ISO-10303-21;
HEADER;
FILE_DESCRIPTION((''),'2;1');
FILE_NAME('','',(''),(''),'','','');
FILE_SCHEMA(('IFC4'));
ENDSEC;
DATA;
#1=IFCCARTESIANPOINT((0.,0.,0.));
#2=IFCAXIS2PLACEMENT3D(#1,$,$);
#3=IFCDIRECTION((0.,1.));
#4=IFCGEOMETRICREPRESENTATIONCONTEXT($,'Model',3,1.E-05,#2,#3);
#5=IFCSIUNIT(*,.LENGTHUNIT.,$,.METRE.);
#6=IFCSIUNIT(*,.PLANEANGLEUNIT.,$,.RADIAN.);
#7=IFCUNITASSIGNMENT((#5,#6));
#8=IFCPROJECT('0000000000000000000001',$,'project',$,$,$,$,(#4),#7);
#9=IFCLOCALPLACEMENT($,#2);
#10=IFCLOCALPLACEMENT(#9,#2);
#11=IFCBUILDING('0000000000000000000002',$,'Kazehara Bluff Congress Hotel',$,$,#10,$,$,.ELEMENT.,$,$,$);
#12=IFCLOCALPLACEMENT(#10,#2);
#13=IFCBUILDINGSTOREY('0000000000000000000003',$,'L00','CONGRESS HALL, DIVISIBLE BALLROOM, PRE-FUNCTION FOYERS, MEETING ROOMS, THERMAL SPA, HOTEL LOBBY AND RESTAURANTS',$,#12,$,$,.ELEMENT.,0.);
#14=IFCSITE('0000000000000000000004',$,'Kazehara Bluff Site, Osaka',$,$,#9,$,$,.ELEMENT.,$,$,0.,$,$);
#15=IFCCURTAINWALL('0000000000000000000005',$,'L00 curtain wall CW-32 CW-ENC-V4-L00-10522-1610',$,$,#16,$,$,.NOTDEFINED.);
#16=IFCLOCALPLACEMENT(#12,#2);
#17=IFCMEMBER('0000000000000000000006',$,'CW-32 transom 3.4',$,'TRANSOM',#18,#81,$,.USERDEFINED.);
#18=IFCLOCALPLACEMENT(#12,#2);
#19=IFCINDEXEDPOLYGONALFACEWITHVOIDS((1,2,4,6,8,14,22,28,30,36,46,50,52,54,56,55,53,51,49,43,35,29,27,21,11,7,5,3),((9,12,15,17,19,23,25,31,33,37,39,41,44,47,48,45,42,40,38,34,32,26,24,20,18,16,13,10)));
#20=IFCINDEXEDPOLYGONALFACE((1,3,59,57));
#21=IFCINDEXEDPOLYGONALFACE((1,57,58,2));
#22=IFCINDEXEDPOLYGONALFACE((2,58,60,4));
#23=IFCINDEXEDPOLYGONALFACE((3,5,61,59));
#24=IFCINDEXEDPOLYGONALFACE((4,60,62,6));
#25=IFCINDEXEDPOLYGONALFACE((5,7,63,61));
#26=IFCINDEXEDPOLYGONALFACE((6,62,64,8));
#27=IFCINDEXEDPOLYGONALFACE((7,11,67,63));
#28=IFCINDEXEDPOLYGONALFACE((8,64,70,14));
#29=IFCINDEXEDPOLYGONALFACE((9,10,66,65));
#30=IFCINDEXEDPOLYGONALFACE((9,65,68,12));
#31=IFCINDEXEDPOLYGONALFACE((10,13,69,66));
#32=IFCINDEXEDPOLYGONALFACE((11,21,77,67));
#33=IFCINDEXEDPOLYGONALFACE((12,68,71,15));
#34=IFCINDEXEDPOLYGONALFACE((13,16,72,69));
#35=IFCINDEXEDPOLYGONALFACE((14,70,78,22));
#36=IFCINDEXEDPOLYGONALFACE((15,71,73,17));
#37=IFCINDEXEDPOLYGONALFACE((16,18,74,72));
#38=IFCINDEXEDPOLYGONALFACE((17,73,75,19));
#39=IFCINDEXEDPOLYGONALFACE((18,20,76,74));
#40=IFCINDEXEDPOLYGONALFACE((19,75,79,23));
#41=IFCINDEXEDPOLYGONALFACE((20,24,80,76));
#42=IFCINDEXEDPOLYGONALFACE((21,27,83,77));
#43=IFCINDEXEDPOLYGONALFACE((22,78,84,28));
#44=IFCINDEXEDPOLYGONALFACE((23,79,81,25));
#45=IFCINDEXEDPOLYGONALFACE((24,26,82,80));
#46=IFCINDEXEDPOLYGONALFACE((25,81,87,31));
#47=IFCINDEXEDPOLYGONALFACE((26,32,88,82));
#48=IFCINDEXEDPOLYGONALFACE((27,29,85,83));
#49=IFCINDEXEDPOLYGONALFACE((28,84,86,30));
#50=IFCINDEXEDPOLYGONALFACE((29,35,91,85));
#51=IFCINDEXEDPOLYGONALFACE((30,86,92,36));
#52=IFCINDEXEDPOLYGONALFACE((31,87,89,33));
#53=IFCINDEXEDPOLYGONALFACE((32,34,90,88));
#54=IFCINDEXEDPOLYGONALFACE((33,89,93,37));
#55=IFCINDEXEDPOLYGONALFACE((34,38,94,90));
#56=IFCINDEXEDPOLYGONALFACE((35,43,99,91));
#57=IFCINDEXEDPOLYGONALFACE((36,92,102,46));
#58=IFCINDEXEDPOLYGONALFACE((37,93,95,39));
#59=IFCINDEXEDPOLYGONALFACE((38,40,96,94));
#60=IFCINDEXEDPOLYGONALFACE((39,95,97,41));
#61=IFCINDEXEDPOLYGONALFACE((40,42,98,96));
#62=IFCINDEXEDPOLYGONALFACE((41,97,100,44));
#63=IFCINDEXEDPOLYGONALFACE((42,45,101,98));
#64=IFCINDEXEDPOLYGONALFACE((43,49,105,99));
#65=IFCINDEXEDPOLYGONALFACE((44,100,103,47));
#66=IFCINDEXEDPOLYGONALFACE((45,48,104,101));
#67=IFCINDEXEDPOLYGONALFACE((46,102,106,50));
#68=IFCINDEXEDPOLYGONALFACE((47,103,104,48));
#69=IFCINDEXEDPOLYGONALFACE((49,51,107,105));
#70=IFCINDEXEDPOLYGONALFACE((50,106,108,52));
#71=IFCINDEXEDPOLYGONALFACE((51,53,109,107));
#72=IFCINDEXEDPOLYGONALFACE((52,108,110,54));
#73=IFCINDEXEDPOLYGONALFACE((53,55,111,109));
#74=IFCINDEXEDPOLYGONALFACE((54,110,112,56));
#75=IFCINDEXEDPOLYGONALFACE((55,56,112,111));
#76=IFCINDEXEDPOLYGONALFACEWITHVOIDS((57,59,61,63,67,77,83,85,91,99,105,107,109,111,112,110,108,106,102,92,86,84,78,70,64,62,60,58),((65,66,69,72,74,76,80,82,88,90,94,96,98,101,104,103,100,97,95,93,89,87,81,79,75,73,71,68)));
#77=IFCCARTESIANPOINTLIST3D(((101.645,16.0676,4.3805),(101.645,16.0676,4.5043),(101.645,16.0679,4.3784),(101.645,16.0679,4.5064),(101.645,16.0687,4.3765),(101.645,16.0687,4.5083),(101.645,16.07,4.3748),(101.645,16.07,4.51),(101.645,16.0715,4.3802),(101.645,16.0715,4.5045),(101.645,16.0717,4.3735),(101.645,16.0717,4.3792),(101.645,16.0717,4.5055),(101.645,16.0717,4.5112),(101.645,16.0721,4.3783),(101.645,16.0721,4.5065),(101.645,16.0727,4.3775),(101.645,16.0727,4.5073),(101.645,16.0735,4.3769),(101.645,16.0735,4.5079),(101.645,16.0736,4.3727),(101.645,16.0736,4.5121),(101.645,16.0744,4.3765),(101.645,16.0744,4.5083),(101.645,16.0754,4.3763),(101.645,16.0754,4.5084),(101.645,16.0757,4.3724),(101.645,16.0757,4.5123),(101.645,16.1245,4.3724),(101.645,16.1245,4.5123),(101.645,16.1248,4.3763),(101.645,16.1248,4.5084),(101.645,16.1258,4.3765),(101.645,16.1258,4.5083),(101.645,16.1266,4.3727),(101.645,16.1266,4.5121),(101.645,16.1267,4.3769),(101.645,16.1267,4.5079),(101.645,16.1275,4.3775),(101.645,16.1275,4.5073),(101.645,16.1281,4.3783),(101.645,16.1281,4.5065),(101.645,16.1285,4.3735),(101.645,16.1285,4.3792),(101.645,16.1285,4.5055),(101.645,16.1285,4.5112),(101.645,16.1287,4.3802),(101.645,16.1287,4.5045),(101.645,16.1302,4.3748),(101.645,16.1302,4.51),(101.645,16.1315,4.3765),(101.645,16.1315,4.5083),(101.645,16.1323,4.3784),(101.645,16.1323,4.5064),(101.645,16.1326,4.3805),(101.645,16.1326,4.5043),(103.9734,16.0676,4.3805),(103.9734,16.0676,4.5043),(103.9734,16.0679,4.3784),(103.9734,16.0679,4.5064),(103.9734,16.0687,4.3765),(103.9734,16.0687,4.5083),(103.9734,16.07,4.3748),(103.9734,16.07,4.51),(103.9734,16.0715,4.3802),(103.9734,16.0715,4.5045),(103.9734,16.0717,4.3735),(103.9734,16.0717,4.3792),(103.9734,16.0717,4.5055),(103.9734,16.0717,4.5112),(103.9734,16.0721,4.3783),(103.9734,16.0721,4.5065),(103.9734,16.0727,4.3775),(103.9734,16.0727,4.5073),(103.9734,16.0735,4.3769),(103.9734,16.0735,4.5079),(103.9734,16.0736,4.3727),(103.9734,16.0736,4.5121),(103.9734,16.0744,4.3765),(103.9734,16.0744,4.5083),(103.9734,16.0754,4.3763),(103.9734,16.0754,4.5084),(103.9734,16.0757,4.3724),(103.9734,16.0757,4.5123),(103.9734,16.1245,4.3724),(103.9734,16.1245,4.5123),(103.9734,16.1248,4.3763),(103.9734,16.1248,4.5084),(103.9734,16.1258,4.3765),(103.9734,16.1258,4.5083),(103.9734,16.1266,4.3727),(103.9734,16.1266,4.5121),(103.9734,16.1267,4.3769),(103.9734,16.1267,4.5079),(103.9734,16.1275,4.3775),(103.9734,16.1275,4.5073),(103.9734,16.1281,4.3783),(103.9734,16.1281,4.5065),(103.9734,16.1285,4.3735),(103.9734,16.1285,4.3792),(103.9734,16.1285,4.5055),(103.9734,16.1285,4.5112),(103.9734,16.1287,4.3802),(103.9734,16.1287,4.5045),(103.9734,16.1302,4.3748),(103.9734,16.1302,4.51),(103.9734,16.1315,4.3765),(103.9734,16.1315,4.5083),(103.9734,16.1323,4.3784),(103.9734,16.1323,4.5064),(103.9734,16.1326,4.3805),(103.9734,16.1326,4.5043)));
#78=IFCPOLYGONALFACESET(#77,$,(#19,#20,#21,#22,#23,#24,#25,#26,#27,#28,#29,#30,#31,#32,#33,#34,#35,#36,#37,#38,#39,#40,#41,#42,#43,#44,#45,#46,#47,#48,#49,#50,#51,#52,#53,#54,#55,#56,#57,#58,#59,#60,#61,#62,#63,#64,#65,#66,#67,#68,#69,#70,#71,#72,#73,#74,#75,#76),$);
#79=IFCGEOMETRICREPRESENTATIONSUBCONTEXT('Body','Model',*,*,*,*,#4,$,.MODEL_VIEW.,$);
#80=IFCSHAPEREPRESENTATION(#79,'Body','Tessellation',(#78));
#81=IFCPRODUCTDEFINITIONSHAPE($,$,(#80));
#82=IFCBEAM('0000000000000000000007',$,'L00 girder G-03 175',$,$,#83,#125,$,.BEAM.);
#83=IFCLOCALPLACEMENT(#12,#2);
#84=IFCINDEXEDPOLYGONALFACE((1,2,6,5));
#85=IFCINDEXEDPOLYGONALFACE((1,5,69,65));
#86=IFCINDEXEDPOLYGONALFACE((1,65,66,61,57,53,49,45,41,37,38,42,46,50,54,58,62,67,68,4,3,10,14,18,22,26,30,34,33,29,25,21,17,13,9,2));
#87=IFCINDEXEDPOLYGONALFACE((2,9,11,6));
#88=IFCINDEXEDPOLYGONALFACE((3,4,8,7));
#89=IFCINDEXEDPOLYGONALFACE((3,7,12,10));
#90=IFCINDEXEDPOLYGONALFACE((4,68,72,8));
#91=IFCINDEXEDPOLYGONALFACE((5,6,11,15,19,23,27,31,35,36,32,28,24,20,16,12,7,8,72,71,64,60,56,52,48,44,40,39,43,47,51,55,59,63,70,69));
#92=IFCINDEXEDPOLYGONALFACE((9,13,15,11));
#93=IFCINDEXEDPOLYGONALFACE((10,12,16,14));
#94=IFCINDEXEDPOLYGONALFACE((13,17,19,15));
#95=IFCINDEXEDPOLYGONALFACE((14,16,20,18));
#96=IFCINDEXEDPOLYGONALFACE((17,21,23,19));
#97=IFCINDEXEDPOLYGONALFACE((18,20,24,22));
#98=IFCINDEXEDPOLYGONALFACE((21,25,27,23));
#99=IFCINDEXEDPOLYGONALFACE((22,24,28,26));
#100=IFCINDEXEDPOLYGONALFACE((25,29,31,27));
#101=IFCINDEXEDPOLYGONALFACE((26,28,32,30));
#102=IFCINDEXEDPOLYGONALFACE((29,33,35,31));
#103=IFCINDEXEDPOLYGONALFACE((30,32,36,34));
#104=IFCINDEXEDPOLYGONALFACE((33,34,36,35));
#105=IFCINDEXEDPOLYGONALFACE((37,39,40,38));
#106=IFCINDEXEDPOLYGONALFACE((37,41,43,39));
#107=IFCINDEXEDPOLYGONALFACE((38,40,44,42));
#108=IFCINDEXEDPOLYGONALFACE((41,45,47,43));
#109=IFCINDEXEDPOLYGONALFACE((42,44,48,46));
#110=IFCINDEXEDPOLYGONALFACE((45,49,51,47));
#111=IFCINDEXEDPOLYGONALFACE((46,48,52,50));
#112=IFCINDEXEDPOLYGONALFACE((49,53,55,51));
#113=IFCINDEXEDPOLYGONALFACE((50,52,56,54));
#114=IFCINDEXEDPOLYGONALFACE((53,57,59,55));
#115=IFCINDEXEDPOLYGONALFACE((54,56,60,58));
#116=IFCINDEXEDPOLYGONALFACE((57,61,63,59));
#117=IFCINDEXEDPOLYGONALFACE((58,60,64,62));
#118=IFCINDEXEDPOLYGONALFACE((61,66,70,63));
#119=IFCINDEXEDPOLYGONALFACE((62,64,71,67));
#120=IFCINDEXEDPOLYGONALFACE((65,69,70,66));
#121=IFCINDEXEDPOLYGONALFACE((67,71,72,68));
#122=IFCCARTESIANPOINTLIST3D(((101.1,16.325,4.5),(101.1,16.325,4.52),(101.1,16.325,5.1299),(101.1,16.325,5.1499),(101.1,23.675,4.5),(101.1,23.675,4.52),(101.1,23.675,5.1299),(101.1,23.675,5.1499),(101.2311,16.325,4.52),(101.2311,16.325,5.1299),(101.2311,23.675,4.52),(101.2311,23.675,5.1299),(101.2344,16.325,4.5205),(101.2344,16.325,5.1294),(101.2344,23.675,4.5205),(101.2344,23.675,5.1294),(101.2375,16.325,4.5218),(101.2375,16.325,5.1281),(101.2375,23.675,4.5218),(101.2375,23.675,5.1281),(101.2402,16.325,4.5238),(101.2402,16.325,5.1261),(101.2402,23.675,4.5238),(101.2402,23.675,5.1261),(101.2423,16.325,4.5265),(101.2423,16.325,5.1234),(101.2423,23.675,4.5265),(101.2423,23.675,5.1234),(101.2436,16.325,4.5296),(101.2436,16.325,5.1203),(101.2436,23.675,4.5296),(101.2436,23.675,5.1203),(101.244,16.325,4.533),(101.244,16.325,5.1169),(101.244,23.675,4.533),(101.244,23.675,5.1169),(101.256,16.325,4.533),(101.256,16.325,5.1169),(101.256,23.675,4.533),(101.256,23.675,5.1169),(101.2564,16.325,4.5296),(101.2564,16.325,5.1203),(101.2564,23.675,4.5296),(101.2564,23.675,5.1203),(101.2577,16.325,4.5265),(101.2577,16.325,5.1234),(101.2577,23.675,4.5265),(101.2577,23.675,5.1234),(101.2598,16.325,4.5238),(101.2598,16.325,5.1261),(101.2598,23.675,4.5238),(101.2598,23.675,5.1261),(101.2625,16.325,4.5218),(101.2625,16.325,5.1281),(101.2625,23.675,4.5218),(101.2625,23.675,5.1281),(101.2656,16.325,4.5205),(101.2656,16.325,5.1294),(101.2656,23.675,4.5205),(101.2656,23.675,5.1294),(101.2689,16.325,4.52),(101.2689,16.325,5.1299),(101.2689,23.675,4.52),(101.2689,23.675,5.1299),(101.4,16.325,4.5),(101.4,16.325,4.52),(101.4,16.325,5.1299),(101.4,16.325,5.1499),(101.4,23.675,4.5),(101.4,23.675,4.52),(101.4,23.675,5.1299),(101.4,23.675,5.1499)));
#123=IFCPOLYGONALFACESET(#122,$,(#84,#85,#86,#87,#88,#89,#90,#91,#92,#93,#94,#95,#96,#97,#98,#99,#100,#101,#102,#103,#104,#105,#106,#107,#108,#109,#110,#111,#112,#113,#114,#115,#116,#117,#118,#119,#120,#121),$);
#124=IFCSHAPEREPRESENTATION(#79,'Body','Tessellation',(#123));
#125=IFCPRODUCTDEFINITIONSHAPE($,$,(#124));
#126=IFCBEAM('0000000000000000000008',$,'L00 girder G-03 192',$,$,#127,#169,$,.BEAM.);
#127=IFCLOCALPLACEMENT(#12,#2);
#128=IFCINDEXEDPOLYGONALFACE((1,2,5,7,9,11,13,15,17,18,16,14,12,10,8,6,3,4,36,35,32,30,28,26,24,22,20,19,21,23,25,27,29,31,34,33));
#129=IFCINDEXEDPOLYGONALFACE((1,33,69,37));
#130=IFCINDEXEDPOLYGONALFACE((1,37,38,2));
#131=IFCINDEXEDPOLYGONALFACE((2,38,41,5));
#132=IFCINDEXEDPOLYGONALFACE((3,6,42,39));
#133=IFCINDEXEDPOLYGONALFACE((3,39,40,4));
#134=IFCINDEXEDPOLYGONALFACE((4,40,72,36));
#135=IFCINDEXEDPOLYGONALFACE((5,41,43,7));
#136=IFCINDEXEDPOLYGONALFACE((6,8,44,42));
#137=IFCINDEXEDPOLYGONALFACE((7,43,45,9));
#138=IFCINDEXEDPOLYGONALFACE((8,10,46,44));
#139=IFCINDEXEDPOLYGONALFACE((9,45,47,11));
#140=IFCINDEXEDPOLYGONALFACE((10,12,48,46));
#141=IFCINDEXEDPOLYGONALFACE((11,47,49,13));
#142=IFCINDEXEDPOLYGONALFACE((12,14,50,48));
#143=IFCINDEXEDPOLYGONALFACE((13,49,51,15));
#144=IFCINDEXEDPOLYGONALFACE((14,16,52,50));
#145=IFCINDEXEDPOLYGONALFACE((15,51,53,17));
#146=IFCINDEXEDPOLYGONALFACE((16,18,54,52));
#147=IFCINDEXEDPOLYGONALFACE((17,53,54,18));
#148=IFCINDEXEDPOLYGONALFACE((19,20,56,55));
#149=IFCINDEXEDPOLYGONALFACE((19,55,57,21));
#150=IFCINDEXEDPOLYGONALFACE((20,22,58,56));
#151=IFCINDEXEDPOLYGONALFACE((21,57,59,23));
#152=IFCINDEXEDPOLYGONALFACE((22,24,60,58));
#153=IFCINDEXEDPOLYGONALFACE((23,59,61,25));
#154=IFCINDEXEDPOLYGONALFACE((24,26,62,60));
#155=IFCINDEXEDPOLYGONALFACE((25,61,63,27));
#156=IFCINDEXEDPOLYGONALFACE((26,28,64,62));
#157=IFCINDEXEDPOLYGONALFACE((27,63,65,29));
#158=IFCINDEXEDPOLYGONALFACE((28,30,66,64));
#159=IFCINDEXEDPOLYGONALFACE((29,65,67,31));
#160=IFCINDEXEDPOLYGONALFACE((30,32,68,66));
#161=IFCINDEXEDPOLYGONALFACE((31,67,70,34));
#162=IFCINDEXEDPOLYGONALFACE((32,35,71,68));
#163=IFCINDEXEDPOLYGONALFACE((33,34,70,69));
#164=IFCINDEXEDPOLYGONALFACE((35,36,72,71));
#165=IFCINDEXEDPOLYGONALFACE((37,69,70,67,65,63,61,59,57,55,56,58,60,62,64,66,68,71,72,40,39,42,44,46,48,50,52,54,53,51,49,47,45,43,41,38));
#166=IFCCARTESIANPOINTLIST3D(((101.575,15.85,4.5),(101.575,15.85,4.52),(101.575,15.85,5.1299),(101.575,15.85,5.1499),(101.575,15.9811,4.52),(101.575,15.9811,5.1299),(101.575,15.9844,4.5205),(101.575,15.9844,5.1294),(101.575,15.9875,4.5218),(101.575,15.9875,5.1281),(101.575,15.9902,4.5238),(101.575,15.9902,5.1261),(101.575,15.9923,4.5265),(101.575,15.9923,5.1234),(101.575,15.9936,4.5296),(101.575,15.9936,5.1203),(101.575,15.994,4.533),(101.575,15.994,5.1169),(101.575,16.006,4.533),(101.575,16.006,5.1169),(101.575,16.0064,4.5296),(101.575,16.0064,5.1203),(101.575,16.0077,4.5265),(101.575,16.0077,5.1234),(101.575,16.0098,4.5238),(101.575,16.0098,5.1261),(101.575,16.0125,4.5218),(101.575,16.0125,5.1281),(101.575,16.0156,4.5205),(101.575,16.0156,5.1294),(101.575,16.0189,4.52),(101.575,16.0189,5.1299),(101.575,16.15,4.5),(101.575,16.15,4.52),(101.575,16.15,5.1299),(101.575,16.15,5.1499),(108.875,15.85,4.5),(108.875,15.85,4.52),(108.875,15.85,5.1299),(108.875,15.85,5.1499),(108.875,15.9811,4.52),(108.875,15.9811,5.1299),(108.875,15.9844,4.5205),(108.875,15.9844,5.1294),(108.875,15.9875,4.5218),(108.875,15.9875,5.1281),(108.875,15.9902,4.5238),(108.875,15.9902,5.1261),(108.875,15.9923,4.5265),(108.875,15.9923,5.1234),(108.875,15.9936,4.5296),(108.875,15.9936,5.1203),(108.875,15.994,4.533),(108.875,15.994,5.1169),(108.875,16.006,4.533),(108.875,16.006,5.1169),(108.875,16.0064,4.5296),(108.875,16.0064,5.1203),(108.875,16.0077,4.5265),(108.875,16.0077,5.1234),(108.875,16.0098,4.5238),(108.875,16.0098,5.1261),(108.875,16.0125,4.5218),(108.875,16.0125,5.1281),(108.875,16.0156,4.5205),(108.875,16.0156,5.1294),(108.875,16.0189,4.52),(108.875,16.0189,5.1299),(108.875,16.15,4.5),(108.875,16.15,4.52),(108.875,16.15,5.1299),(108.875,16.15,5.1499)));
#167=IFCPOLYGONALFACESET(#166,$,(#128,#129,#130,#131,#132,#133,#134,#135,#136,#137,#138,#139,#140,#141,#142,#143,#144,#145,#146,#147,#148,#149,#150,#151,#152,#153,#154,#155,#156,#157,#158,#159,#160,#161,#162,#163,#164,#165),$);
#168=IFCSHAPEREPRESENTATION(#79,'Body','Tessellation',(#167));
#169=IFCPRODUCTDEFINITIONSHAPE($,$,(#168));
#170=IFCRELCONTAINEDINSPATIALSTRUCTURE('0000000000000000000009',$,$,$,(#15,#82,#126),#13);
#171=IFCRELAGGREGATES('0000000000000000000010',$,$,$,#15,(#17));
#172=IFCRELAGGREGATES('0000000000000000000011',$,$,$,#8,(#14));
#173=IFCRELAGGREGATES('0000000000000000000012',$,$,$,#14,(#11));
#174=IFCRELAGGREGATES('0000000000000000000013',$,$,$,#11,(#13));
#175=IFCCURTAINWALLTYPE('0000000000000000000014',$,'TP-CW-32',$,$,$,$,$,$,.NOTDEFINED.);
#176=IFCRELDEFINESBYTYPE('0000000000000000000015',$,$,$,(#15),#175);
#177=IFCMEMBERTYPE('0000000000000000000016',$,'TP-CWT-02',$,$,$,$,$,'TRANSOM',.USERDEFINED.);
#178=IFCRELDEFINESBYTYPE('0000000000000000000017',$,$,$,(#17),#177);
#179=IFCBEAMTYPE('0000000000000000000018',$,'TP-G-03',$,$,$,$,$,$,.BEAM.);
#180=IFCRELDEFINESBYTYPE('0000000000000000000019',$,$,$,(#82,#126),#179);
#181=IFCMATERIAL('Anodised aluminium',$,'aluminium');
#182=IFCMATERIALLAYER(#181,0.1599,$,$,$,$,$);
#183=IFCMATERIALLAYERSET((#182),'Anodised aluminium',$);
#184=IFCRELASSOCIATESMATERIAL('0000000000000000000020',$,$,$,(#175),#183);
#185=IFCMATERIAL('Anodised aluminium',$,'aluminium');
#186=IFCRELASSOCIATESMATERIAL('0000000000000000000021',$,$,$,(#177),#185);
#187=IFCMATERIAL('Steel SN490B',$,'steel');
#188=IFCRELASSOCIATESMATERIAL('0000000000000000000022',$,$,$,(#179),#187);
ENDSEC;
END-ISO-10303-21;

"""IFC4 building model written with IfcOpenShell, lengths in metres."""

from ifc_helpers import new_model, si_unit, direction, frame, origin, origin_2d, place, context, subcontext, project, spatial, hollow_rectangle, i_section, extrude, material, layer, layer_set, material_profile, profile_set, type_object, element, aggregate, save


model = new_model("IFC4")

# Units and contexts
model_context = context("Model", 3, precision=1e-05, world=origin(), true_north=direction((0.0, 1.0)))
body_context = subcontext(model_context, "Body", "Model", "MODEL_VIEW")
ifc_project = project(units=[si_unit("LENGTHUNIT", "METRE"), si_unit("PLANEANGLEUNIT", "RADIAN")], contexts=[model_context])

# Site, building, storey
site_placement = place(None, origin())
site = spatial("IfcSite", under=ifc_project, at=site_placement, Name="Kazehara Bluff Site, Osaka", CompositionType="ELEMENT", RefElevation=0.0)
building_placement = place(site_placement, origin())
building = spatial("IfcBuilding", under=site, at=building_placement, Name="Kazehara Bluff Congress Hotel", CompositionType="ELEMENT")
storey_placement = place(building_placement, origin())
storey = spatial("IfcBuildingStorey", under=building, at=storey_placement, Name="L00", Description="CONGRESS HALL, DIVISIBLE BALLROOM, PRE-FUNCTION FOYERS, MEETING ROOMS, THERMAL SPA, HOTEL LOBBY AND RESTAURANTS", CompositionType="ELEMENT", Elevation=0.0)

# Curtain wall
ifc_material_1 = material(Name="Anodised aluminium", Category="aluminium")
ifc_layer_1 = layer(ifc_material_1, 0.1599)
ifc_layer_set_1 = layer_set([ifc_layer_1], Name="Anodised aluminium")
curtain_wall_type_1 = type_object("IfcCurtainWallType", Name="TP-CW-32", PredefinedType="NOTDEFINED", material=ifc_layer_set_1)
curtain_wall_1_placement = place(storey_placement, origin())
curtain_wall_1 = element("IfcCurtainWall", 1, at=curtain_wall_1_placement, inside=storey, type_object=curtain_wall_type_1, Name="L00 curtain wall CW-32 CW-ENC-V4-L00-10522-1610", PredefinedType="NOTDEFINED")

# Member
ifc_material_2 = material(Name="Anodised aluminium", Category="aluminium")
ifc_material_profile_1 = material_profile(ifc_material_2, hollow_rectangle(XDim=0.0649, YDim=0.1399, WallThickness=0.0039, InnerFilletRadius=0.0039, OuterFilletRadius=0.0081, at=origin_2d()))
ifc_profile_set_1 = profile_set([ifc_material_profile_1], Name="Anodised aluminium")
member_type_1 = type_object("IfcMemberType", Name="TP-CWT-02", ElementType="TRANSOM", PredefinedType="USERDEFINED", material=ifc_profile_set_1)
member_1_placement = place(storey_placement, frame((103.9734, 16.1001, 4.4424), z_axis=(-1.0, 0.0, 0.0), x_axis=(0.0, -1.0, 0.0)))
member_1 = element("IfcMember", 2, at=member_1_placement, type_object=member_type_1, Name="CW-32 transom 3.4", ObjectType="TRANSOM", PredefinedType="USERDEFINED", context=body_context, shape_type="SweptSolid", body=[
    extrude(hollow_rectangle(XDim=0.0649, YDim=0.1399, WallThickness=0.0039, InnerFilletRadius=0.0039, OuterFilletRadius=0.0081, at=origin_2d()), origin(), (0.0, 0.0, 1.0), 2.3284),
])

# Beams
ifc_material_3 = material(Name="Steel SN490B", Category="steel")
ifc_material_profile_2 = material_profile(ifc_material_3, i_section(OverallWidth=0.3, OverallDepth=0.6499, WebThickness=0.012, FlangeThickness=0.02, FilletRadius=0.0129, at=origin_2d()))
ifc_profile_set_2 = profile_set([ifc_material_profile_2], Name="Steel SN490B")
beam_type_1 = type_object("IfcBeamType", Name="TP-G-03", PredefinedType="BEAM", material=ifc_profile_set_2)
beam_1_placement = place(storey_placement, frame((101.25, 16.325, 4.825), z_axis=(0.0, 1.0, 0.0), x_axis=(-1.0, 0.0, 0.0)))
element("IfcBeam", 3, at=beam_1_placement, inside=storey, type_object=beam_type_1, Name="L00 girder G-03 175", PredefinedType="BEAM", context=body_context, shape_type="SweptSolid", body=[
    extrude(i_section(OverallWidth=0.3, OverallDepth=0.6499, WebThickness=0.012, FlangeThickness=0.02, FilletRadius=0.0129, at=origin_2d()), origin(), (0.0, 0.0, 1.0), 7.3501),
])
beam_2_placement = place(storey_placement, frame((101.575, 16.0, 4.825), z_axis=(1.0, 0.0, 0.0), x_axis=(0.0, 1.0, 0.0)))
element("IfcBeam", 4, at=beam_2_placement, inside=storey, type_object=beam_type_1, Name="L00 girder G-03 192", PredefinedType="BEAM", context=body_context, shape_type="SweptSolid", body=[
    extrude(i_section(OverallWidth=0.3, OverallDepth=0.6499, WebThickness=0.012, FlangeThickness=0.02, FilletRadius=0.0129, at=origin_2d()), origin(), (0.0, 0.0, 1.0), 7.3),
])

aggregate(curtain_wall_1, [member_1])

save(model, "model.ifc")
